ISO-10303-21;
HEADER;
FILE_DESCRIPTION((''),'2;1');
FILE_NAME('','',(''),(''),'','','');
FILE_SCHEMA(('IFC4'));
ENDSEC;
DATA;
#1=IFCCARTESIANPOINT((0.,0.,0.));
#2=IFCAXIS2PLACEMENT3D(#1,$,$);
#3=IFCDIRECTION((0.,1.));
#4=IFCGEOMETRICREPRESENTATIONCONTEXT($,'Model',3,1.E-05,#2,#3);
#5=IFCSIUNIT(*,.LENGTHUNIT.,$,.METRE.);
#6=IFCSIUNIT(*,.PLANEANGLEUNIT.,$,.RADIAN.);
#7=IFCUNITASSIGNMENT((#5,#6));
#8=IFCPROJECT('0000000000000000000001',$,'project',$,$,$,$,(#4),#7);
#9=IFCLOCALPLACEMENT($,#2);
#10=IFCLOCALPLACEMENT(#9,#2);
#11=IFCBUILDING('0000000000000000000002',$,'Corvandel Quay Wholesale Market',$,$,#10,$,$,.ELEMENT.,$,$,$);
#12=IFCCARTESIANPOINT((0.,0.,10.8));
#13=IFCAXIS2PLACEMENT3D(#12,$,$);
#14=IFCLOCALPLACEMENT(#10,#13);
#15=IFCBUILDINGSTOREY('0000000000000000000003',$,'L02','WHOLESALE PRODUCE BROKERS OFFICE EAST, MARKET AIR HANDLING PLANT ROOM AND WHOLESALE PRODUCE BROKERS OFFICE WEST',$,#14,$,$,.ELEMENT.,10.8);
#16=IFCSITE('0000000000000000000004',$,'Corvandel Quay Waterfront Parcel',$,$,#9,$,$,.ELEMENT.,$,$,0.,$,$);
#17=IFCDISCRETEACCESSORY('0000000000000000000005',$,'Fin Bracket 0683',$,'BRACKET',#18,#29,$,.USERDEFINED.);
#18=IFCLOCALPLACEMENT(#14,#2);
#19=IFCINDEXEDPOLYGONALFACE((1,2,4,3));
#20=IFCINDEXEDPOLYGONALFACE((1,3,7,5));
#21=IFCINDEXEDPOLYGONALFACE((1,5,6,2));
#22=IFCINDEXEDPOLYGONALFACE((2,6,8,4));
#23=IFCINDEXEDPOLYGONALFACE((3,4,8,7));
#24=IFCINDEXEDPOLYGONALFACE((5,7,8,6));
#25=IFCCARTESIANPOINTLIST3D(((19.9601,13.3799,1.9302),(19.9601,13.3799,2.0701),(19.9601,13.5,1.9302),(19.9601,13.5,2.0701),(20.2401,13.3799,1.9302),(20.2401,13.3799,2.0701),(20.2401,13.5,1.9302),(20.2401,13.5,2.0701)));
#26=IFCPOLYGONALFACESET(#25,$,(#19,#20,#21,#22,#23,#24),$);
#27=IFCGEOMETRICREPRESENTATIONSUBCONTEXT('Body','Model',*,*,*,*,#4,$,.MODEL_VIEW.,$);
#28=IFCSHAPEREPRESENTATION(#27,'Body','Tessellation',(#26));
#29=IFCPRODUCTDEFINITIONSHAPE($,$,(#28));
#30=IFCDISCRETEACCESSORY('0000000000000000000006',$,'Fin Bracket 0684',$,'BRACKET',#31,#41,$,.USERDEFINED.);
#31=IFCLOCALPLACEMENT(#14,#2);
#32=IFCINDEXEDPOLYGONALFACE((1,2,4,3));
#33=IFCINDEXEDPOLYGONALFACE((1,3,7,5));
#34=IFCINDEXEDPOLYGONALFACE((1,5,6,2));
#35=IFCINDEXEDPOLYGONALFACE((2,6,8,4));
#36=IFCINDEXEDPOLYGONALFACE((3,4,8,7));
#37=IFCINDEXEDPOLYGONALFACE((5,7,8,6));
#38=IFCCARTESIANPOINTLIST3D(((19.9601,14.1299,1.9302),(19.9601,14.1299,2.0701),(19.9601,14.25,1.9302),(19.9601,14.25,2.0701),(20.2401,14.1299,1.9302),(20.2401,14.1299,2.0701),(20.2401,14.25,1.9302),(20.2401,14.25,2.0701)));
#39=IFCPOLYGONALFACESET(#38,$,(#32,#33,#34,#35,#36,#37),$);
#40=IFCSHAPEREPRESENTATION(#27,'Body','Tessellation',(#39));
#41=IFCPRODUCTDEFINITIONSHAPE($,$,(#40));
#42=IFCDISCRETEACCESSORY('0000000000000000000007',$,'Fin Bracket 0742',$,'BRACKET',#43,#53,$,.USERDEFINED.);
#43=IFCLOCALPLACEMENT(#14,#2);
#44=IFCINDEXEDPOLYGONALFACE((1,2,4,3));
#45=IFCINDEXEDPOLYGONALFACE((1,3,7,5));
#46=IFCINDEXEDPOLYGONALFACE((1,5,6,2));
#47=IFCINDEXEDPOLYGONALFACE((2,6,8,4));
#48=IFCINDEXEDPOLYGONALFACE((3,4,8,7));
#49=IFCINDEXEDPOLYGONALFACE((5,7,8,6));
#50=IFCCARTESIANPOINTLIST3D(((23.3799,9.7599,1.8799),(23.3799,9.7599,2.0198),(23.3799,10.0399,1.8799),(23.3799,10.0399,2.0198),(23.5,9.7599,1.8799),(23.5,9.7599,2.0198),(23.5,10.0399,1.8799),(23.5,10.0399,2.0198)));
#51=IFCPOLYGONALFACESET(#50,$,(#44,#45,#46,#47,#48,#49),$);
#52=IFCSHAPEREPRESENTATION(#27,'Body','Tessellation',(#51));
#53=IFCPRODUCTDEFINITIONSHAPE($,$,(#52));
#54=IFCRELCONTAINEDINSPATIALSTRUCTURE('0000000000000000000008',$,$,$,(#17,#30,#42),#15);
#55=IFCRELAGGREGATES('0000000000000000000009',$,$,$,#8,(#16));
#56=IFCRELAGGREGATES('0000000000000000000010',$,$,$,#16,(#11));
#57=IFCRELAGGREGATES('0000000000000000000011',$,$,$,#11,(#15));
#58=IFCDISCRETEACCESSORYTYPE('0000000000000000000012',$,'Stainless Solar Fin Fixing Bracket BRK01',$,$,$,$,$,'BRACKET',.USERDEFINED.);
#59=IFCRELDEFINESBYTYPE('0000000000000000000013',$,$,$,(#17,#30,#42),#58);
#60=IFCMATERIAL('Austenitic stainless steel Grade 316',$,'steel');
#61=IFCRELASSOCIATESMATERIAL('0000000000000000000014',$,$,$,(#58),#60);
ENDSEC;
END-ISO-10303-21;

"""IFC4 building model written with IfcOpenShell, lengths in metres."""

from ifc_helpers import new_model, si_unit, direction, frame, origin, origin_2d, place, context, subcontext, project, spatial, rectangle, extrude, material, type_object, element, save


model = new_model("IFC4")

# Units and contexts
model_context = context("Model", 3, precision=1e-05, world=origin(), true_north=direction((0.0, 1.0)))
body_context = subcontext(model_context, "Body", "Model", "MODEL_VIEW")
ifc_project = project(units=[si_unit("LENGTHUNIT", "METRE"), si_unit("PLANEANGLEUNIT", "RADIAN")], contexts=[model_context])

# Site, building, storey
site_placement = place(None, origin())
site = spatial("IfcSite", under=ifc_project, at=site_placement, Name="Corvandel Quay Waterfront Parcel", CompositionType="ELEMENT", RefElevation=0.0)
building_placement = place(site_placement, origin())
building = spatial("IfcBuilding", under=site, at=building_placement, Name="Corvandel Quay Wholesale Market", CompositionType="ELEMENT")
storey_placement = place(building_placement, frame((0.0, 0.0, 10.8)))
storey = spatial("IfcBuildingStorey", under=building, at=storey_placement, Name="L02", Description="WHOLESALE PRODUCE BROKERS OFFICE EAST, MARKET AIR HANDLING PLANT ROOM AND WHOLESALE PRODUCE BROKERS OFFICE WEST", CompositionType="ELEMENT", Elevation=10.8)

# Discrete accessories
ifc_material_1 = material(Name="Austenitic stainless steel Grade 316", Category="steel")
discrete_accessory_type = type_object("IfcDiscreteAccessoryType", Name="Stainless Solar Fin Fixing Bracket BRK01", ElementType="BRACKET", PredefinedType="USERDEFINED", material=ifc_material_1)
for number, where, z_axis, x_axis, name in (
    (1, (20.1001, 13.4399, 1.9302), (0.0, 0.0, 1.0), (1.0, 0.0, 0.0), "Fin Bracket 0683"),
    (2, (20.1001, 14.1899, 1.9302), (0.0, 0.0, 1.0), (1.0, 0.0, 0.0), "Fin Bracket 0684"),
    (3, (23.4399, 9.8999, 1.8799), (0.0, 0.0, 1.0), (0.0, 1.0, 0.0), "Fin Bracket 0742"),
):
    element("IfcDiscreteAccessory", number, at=place(storey_placement, frame(where, z_axis=z_axis, x_axis=x_axis)), inside=storey, type_object=discrete_accessory_type, Name=name, ObjectType="BRACKET", PredefinedType="USERDEFINED", context=body_context, shape_type="SweptSolid", body=[
        extrude(rectangle(XDim=0.28, YDim=0.1201, at=origin_2d()), origin(), (0.0, 0.0, 1.0), 0.1399),
    ])

save(model, "model.ifc")
